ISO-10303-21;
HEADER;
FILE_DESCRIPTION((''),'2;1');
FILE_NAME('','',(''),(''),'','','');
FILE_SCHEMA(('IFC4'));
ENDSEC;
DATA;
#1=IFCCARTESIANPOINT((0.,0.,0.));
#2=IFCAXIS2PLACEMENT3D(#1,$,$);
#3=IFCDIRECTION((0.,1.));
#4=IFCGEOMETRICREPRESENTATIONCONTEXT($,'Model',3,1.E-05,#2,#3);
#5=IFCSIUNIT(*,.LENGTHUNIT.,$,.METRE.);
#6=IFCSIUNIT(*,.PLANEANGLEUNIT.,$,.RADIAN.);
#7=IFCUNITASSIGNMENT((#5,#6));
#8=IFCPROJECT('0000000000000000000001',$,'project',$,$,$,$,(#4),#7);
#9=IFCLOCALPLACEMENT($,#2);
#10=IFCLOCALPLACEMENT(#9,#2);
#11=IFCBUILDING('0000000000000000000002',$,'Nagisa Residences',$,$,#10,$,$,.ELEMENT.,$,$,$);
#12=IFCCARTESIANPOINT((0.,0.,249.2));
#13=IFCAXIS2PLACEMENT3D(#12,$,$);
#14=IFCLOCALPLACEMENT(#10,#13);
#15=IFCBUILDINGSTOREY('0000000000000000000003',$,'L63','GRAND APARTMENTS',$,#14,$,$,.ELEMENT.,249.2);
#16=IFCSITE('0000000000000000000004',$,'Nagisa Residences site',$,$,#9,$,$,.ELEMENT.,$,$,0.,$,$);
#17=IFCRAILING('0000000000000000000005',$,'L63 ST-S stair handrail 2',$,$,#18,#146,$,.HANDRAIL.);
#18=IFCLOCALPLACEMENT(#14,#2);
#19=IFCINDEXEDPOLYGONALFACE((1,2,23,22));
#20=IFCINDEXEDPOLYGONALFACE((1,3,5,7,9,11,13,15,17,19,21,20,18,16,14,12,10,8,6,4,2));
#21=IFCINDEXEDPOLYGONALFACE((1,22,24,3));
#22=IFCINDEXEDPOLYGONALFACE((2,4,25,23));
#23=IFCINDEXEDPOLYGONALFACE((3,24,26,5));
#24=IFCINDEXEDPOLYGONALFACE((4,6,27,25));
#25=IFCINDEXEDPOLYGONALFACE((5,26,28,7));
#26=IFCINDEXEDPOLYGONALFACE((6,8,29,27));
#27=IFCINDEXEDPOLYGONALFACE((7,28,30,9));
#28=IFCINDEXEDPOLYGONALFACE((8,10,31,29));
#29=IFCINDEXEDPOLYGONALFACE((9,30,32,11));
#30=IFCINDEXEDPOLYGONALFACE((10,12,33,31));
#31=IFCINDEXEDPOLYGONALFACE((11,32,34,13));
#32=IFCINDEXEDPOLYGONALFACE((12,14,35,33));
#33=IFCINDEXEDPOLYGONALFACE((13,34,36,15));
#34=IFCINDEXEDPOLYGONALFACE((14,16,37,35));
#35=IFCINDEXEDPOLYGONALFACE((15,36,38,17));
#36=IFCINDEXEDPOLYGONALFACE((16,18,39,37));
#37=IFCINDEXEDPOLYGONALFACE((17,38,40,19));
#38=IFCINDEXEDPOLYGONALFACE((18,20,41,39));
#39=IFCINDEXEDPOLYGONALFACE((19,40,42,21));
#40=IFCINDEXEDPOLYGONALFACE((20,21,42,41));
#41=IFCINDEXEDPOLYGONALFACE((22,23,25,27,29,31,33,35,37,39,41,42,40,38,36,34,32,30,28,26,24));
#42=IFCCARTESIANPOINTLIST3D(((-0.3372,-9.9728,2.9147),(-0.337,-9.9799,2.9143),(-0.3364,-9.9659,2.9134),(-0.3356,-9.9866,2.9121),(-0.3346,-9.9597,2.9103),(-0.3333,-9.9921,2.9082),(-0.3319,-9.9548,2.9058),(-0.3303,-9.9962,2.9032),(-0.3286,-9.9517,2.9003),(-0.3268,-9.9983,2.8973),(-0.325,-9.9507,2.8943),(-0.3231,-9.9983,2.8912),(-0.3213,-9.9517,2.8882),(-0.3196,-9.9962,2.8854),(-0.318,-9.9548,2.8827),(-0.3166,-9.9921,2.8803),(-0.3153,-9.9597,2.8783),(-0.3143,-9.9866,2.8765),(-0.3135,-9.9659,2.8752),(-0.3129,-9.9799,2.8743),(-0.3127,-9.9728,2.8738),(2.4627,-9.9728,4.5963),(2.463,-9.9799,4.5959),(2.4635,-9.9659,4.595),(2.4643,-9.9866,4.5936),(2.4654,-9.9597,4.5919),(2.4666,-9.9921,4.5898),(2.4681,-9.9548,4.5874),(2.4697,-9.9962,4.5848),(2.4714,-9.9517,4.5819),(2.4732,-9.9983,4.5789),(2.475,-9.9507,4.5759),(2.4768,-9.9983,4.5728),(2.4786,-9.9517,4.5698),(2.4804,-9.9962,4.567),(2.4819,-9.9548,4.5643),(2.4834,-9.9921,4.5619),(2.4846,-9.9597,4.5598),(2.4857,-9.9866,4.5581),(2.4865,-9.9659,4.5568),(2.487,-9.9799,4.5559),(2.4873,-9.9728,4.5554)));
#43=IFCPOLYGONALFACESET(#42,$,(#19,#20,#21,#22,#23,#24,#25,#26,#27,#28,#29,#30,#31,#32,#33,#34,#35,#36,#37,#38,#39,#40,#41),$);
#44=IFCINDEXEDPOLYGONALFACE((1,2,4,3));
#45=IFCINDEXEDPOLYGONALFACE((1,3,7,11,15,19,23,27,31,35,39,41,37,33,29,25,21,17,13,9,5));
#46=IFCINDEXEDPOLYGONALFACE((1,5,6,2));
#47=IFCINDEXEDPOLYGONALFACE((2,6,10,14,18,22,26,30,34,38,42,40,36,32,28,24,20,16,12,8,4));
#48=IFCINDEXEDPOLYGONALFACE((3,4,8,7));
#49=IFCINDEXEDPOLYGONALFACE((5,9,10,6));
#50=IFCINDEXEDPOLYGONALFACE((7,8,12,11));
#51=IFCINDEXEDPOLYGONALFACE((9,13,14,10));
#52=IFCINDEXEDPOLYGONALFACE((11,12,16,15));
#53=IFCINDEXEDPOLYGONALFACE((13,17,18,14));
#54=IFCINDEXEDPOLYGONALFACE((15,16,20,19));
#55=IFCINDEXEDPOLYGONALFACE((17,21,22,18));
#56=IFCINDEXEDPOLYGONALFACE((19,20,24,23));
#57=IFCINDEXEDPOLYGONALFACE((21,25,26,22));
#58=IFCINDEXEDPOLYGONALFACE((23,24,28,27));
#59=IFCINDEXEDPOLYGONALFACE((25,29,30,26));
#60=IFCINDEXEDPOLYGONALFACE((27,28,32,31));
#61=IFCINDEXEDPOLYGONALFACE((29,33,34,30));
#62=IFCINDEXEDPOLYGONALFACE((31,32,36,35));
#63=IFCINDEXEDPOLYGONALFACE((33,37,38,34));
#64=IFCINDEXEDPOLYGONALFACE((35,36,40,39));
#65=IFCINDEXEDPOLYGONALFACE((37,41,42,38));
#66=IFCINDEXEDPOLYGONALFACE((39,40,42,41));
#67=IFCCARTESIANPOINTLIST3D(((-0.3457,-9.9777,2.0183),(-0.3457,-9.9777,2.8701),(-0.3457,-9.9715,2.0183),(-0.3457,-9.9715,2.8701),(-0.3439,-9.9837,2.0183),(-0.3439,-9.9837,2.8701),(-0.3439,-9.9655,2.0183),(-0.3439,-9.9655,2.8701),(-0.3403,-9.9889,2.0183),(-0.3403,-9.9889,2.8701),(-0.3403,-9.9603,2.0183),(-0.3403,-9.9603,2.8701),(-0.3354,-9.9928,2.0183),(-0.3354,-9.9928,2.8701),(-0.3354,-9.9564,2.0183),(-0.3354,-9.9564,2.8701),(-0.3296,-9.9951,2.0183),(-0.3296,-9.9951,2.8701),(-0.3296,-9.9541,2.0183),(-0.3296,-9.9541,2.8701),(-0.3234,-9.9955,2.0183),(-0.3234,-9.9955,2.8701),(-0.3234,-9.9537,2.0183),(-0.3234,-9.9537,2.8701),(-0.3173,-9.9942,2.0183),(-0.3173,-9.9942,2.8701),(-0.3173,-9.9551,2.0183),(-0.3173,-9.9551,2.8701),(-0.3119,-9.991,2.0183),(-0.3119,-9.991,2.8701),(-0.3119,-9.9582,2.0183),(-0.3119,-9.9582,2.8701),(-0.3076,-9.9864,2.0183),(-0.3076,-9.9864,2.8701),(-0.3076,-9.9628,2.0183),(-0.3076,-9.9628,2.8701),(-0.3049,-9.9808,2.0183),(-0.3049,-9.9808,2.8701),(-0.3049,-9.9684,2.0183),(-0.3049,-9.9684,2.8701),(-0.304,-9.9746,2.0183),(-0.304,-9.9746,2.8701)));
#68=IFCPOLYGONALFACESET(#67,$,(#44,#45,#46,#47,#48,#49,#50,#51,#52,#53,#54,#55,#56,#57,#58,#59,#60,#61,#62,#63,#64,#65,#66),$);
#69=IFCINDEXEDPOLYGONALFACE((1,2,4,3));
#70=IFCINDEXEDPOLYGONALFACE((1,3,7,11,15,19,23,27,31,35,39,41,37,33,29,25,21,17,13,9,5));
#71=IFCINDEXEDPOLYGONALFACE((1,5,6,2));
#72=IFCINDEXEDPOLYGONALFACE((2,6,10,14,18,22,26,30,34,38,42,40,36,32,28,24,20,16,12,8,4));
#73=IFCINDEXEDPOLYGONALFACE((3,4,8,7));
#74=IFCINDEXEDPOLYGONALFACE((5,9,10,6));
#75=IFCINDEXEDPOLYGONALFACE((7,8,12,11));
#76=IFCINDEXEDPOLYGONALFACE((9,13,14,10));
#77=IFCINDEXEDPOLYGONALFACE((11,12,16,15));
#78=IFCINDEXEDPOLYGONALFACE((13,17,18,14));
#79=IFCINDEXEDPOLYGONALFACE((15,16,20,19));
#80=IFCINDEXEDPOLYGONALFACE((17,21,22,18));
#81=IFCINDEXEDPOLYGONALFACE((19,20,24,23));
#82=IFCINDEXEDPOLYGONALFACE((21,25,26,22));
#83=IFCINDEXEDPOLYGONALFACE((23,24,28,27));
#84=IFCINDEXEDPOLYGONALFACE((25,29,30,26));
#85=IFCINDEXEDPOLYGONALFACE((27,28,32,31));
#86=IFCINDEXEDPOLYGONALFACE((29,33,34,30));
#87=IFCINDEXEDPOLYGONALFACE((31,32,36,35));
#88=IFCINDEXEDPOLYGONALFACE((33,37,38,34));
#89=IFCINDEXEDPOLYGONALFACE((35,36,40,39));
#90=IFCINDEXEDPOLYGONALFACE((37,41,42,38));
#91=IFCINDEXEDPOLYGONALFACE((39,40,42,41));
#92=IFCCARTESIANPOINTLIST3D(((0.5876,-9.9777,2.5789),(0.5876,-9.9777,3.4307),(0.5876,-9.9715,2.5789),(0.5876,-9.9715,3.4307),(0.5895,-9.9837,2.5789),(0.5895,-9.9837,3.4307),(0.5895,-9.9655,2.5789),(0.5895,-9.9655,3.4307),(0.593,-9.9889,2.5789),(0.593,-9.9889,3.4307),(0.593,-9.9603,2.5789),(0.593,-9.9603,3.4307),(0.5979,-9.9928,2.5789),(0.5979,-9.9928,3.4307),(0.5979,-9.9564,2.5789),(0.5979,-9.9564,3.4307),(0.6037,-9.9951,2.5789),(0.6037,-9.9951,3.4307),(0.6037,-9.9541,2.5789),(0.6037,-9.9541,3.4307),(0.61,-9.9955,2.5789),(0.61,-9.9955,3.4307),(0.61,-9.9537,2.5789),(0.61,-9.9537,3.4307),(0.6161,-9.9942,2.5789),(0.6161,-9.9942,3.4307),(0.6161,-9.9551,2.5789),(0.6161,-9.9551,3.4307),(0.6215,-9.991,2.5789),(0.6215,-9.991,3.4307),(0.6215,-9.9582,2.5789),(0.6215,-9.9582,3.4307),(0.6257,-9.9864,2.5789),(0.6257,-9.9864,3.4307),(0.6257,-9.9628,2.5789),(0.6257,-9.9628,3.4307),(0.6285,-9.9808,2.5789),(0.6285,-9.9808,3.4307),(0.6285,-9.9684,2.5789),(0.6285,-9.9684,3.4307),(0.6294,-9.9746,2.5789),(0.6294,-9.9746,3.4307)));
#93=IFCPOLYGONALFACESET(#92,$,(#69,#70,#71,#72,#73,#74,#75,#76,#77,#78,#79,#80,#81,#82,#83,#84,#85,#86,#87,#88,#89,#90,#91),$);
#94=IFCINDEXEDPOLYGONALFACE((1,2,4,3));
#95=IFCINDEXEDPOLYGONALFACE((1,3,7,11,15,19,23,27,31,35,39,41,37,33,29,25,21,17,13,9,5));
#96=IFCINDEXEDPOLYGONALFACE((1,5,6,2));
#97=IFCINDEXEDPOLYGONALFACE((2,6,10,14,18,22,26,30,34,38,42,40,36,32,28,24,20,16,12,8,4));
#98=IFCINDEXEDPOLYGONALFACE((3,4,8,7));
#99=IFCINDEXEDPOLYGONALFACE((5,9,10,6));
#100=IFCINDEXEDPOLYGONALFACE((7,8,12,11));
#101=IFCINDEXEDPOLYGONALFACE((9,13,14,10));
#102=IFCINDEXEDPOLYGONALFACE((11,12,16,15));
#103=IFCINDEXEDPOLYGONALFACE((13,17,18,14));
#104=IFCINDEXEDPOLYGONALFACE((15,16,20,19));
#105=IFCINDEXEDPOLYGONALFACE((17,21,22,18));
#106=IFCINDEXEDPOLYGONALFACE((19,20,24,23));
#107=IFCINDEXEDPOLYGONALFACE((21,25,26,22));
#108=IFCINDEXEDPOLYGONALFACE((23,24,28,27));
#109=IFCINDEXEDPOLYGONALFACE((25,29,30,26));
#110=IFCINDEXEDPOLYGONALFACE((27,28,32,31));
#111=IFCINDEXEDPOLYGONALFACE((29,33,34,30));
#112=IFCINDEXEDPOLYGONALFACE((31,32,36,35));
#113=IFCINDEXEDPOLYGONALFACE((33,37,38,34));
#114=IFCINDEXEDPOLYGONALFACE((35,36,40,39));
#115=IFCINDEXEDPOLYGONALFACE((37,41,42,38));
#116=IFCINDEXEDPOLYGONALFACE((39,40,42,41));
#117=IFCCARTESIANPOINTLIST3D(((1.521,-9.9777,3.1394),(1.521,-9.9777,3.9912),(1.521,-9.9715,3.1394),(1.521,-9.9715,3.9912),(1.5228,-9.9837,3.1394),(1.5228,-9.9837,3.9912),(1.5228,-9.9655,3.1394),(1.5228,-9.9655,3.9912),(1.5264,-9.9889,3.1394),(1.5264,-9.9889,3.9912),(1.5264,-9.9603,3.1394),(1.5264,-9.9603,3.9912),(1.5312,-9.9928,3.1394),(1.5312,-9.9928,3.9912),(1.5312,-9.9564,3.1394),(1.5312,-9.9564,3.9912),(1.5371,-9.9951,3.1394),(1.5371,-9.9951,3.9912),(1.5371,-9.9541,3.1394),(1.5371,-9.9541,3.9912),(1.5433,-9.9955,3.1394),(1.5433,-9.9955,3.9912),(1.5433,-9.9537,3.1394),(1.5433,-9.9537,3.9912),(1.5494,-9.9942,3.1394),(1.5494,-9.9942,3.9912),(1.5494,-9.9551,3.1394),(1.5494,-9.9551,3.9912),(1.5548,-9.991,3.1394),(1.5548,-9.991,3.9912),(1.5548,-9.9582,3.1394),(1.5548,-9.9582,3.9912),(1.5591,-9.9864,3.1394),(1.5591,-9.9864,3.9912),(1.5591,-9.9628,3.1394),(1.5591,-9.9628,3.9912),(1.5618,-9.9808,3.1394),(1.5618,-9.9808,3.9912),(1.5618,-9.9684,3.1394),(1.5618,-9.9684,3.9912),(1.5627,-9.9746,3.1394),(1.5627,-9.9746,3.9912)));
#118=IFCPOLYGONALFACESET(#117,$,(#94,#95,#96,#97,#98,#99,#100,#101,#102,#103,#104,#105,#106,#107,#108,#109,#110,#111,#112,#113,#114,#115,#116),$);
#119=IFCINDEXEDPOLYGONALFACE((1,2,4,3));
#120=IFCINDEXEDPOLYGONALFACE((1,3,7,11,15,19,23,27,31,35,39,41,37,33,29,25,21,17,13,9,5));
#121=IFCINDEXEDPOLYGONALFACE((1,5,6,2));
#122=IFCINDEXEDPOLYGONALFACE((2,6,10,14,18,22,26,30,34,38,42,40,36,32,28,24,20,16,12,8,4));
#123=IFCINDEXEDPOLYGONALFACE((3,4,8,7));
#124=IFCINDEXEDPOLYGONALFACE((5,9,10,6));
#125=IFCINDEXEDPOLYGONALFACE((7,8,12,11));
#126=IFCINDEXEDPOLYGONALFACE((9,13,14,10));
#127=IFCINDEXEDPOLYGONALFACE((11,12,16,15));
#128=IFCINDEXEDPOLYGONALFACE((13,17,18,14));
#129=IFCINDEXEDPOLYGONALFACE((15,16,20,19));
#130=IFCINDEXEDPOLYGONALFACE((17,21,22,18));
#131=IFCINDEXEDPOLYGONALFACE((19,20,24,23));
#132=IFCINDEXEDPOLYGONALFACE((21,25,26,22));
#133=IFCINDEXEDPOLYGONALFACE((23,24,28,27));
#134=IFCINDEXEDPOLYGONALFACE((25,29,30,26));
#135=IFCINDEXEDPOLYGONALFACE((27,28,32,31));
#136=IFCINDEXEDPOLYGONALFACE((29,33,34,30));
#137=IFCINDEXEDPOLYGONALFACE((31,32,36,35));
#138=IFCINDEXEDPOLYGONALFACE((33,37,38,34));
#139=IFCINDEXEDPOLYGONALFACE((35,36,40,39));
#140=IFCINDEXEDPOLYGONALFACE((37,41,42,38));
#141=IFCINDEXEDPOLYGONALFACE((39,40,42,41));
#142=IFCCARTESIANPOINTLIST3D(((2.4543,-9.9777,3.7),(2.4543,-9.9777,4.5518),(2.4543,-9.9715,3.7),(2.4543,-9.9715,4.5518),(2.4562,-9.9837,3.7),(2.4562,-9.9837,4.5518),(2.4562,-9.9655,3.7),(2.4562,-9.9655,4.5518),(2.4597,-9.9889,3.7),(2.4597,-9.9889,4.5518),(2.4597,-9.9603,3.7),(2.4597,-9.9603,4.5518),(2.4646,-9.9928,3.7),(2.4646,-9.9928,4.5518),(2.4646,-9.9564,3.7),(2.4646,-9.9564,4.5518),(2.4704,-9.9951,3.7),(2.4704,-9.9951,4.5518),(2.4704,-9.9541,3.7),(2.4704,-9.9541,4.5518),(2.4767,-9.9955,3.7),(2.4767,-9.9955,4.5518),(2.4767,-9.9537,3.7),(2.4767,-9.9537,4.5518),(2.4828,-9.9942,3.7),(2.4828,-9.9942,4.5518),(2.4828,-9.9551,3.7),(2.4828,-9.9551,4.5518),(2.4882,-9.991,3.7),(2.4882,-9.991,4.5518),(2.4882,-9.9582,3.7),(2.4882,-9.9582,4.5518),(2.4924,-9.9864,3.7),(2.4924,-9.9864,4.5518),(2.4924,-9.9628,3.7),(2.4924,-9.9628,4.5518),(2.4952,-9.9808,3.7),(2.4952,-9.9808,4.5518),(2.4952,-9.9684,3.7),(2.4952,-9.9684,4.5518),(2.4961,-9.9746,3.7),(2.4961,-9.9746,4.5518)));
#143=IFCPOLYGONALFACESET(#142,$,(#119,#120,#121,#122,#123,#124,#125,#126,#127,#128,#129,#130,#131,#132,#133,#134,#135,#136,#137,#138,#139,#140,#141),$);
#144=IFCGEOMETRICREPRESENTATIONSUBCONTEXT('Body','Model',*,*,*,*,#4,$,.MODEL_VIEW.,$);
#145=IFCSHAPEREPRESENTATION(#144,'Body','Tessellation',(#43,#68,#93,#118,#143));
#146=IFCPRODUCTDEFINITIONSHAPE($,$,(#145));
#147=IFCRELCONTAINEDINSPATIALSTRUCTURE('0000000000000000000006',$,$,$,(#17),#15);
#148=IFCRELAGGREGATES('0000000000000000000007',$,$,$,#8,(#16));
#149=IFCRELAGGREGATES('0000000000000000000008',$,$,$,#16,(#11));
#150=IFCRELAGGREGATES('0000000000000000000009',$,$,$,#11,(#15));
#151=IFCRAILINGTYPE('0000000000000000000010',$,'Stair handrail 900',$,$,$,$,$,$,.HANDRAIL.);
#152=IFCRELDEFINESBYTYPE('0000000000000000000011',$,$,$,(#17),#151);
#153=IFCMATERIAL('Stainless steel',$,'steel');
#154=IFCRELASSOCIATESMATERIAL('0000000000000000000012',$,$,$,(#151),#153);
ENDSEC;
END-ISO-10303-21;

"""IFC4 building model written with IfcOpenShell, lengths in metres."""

from ifc_helpers import new_model, si_unit, direction, frame, origin, origin_2d, place, context, subcontext, project, spatial, circle, extrude, material, type_object, element, save


model = new_model("IFC4")

# Units and contexts
model_context = context("Model", 3, precision=1e-05, world=origin(), true_north=direction((0.0, 1.0)))
body_context = subcontext(model_context, "Body", "Model", "MODEL_VIEW")
ifc_project = project(units=[si_unit("LENGTHUNIT", "METRE"), si_unit("PLANEANGLEUNIT", "RADIAN")], contexts=[model_context])

# Site, building, storey
site_placement = place(None, origin())
site = spatial("IfcSite", under=ifc_project, at=site_placement, Name="Nagisa Residences site", CompositionType="ELEMENT", RefElevation=0.0)
building_placement = place(site_placement, origin())
building = spatial("IfcBuilding", under=site, at=building_placement, Name="Nagisa Residences", CompositionType="ELEMENT")
storey_placement = place(building_placement, frame((0.0, 0.0, 249.2)))
storey = spatial("IfcBuildingStorey", under=building, at=storey_placement, Name="L63", Description="GRAND APARTMENTS", CompositionType="ELEMENT", Elevation=249.2)

# Railing
ifc_material_1 = material(Name="Stainless steel", Category="steel")
railing_type = type_object("IfcRailingType", Name="Stair handrail 900", PredefinedType="HANDRAIL", material=ifc_material_1)
railing_placement = place(storey_placement, frame((-0.325, -9.9746, 2.0183)))
element("IfcRailing", 1, at=railing_placement, inside=storey, type_object=railing_type, Name="L63 ST-S stair handrail 2", PredefinedType="HANDRAIL", context=body_context, shape_type="SweptSolid", body=[
    extrude(circle(Radius=0.0239, at=origin_2d()), frame((0.0, 0.0, 0.876), z_axis=(0.857275, 0.0, 0.514858), x_axis=(0.0, 1.0, 0.0)), (0.0, 0.0, 1.0), 3.2661),
    extrude(circle(Radius=0.021, at=origin_2d()), origin(), (0.0, 0.0, 1.0), 0.8518),
    extrude(circle(Radius=0.021, at=origin_2d()), frame((0.9333, 0.0, 0.5605)), (0.0, 0.0, 1.0), 0.8518),
    extrude(circle(Radius=0.021, at=origin_2d()), frame((1.8667, 0.0, 1.1211)), (0.0, 0.0, 1.0), 0.8518),
    extrude(circle(Radius=0.021, at=origin_2d()), frame((2.8, 0.0, 1.6816)), (0.0, 0.0, 1.0), 0.8518),
])

save(model, "model.ifc")
